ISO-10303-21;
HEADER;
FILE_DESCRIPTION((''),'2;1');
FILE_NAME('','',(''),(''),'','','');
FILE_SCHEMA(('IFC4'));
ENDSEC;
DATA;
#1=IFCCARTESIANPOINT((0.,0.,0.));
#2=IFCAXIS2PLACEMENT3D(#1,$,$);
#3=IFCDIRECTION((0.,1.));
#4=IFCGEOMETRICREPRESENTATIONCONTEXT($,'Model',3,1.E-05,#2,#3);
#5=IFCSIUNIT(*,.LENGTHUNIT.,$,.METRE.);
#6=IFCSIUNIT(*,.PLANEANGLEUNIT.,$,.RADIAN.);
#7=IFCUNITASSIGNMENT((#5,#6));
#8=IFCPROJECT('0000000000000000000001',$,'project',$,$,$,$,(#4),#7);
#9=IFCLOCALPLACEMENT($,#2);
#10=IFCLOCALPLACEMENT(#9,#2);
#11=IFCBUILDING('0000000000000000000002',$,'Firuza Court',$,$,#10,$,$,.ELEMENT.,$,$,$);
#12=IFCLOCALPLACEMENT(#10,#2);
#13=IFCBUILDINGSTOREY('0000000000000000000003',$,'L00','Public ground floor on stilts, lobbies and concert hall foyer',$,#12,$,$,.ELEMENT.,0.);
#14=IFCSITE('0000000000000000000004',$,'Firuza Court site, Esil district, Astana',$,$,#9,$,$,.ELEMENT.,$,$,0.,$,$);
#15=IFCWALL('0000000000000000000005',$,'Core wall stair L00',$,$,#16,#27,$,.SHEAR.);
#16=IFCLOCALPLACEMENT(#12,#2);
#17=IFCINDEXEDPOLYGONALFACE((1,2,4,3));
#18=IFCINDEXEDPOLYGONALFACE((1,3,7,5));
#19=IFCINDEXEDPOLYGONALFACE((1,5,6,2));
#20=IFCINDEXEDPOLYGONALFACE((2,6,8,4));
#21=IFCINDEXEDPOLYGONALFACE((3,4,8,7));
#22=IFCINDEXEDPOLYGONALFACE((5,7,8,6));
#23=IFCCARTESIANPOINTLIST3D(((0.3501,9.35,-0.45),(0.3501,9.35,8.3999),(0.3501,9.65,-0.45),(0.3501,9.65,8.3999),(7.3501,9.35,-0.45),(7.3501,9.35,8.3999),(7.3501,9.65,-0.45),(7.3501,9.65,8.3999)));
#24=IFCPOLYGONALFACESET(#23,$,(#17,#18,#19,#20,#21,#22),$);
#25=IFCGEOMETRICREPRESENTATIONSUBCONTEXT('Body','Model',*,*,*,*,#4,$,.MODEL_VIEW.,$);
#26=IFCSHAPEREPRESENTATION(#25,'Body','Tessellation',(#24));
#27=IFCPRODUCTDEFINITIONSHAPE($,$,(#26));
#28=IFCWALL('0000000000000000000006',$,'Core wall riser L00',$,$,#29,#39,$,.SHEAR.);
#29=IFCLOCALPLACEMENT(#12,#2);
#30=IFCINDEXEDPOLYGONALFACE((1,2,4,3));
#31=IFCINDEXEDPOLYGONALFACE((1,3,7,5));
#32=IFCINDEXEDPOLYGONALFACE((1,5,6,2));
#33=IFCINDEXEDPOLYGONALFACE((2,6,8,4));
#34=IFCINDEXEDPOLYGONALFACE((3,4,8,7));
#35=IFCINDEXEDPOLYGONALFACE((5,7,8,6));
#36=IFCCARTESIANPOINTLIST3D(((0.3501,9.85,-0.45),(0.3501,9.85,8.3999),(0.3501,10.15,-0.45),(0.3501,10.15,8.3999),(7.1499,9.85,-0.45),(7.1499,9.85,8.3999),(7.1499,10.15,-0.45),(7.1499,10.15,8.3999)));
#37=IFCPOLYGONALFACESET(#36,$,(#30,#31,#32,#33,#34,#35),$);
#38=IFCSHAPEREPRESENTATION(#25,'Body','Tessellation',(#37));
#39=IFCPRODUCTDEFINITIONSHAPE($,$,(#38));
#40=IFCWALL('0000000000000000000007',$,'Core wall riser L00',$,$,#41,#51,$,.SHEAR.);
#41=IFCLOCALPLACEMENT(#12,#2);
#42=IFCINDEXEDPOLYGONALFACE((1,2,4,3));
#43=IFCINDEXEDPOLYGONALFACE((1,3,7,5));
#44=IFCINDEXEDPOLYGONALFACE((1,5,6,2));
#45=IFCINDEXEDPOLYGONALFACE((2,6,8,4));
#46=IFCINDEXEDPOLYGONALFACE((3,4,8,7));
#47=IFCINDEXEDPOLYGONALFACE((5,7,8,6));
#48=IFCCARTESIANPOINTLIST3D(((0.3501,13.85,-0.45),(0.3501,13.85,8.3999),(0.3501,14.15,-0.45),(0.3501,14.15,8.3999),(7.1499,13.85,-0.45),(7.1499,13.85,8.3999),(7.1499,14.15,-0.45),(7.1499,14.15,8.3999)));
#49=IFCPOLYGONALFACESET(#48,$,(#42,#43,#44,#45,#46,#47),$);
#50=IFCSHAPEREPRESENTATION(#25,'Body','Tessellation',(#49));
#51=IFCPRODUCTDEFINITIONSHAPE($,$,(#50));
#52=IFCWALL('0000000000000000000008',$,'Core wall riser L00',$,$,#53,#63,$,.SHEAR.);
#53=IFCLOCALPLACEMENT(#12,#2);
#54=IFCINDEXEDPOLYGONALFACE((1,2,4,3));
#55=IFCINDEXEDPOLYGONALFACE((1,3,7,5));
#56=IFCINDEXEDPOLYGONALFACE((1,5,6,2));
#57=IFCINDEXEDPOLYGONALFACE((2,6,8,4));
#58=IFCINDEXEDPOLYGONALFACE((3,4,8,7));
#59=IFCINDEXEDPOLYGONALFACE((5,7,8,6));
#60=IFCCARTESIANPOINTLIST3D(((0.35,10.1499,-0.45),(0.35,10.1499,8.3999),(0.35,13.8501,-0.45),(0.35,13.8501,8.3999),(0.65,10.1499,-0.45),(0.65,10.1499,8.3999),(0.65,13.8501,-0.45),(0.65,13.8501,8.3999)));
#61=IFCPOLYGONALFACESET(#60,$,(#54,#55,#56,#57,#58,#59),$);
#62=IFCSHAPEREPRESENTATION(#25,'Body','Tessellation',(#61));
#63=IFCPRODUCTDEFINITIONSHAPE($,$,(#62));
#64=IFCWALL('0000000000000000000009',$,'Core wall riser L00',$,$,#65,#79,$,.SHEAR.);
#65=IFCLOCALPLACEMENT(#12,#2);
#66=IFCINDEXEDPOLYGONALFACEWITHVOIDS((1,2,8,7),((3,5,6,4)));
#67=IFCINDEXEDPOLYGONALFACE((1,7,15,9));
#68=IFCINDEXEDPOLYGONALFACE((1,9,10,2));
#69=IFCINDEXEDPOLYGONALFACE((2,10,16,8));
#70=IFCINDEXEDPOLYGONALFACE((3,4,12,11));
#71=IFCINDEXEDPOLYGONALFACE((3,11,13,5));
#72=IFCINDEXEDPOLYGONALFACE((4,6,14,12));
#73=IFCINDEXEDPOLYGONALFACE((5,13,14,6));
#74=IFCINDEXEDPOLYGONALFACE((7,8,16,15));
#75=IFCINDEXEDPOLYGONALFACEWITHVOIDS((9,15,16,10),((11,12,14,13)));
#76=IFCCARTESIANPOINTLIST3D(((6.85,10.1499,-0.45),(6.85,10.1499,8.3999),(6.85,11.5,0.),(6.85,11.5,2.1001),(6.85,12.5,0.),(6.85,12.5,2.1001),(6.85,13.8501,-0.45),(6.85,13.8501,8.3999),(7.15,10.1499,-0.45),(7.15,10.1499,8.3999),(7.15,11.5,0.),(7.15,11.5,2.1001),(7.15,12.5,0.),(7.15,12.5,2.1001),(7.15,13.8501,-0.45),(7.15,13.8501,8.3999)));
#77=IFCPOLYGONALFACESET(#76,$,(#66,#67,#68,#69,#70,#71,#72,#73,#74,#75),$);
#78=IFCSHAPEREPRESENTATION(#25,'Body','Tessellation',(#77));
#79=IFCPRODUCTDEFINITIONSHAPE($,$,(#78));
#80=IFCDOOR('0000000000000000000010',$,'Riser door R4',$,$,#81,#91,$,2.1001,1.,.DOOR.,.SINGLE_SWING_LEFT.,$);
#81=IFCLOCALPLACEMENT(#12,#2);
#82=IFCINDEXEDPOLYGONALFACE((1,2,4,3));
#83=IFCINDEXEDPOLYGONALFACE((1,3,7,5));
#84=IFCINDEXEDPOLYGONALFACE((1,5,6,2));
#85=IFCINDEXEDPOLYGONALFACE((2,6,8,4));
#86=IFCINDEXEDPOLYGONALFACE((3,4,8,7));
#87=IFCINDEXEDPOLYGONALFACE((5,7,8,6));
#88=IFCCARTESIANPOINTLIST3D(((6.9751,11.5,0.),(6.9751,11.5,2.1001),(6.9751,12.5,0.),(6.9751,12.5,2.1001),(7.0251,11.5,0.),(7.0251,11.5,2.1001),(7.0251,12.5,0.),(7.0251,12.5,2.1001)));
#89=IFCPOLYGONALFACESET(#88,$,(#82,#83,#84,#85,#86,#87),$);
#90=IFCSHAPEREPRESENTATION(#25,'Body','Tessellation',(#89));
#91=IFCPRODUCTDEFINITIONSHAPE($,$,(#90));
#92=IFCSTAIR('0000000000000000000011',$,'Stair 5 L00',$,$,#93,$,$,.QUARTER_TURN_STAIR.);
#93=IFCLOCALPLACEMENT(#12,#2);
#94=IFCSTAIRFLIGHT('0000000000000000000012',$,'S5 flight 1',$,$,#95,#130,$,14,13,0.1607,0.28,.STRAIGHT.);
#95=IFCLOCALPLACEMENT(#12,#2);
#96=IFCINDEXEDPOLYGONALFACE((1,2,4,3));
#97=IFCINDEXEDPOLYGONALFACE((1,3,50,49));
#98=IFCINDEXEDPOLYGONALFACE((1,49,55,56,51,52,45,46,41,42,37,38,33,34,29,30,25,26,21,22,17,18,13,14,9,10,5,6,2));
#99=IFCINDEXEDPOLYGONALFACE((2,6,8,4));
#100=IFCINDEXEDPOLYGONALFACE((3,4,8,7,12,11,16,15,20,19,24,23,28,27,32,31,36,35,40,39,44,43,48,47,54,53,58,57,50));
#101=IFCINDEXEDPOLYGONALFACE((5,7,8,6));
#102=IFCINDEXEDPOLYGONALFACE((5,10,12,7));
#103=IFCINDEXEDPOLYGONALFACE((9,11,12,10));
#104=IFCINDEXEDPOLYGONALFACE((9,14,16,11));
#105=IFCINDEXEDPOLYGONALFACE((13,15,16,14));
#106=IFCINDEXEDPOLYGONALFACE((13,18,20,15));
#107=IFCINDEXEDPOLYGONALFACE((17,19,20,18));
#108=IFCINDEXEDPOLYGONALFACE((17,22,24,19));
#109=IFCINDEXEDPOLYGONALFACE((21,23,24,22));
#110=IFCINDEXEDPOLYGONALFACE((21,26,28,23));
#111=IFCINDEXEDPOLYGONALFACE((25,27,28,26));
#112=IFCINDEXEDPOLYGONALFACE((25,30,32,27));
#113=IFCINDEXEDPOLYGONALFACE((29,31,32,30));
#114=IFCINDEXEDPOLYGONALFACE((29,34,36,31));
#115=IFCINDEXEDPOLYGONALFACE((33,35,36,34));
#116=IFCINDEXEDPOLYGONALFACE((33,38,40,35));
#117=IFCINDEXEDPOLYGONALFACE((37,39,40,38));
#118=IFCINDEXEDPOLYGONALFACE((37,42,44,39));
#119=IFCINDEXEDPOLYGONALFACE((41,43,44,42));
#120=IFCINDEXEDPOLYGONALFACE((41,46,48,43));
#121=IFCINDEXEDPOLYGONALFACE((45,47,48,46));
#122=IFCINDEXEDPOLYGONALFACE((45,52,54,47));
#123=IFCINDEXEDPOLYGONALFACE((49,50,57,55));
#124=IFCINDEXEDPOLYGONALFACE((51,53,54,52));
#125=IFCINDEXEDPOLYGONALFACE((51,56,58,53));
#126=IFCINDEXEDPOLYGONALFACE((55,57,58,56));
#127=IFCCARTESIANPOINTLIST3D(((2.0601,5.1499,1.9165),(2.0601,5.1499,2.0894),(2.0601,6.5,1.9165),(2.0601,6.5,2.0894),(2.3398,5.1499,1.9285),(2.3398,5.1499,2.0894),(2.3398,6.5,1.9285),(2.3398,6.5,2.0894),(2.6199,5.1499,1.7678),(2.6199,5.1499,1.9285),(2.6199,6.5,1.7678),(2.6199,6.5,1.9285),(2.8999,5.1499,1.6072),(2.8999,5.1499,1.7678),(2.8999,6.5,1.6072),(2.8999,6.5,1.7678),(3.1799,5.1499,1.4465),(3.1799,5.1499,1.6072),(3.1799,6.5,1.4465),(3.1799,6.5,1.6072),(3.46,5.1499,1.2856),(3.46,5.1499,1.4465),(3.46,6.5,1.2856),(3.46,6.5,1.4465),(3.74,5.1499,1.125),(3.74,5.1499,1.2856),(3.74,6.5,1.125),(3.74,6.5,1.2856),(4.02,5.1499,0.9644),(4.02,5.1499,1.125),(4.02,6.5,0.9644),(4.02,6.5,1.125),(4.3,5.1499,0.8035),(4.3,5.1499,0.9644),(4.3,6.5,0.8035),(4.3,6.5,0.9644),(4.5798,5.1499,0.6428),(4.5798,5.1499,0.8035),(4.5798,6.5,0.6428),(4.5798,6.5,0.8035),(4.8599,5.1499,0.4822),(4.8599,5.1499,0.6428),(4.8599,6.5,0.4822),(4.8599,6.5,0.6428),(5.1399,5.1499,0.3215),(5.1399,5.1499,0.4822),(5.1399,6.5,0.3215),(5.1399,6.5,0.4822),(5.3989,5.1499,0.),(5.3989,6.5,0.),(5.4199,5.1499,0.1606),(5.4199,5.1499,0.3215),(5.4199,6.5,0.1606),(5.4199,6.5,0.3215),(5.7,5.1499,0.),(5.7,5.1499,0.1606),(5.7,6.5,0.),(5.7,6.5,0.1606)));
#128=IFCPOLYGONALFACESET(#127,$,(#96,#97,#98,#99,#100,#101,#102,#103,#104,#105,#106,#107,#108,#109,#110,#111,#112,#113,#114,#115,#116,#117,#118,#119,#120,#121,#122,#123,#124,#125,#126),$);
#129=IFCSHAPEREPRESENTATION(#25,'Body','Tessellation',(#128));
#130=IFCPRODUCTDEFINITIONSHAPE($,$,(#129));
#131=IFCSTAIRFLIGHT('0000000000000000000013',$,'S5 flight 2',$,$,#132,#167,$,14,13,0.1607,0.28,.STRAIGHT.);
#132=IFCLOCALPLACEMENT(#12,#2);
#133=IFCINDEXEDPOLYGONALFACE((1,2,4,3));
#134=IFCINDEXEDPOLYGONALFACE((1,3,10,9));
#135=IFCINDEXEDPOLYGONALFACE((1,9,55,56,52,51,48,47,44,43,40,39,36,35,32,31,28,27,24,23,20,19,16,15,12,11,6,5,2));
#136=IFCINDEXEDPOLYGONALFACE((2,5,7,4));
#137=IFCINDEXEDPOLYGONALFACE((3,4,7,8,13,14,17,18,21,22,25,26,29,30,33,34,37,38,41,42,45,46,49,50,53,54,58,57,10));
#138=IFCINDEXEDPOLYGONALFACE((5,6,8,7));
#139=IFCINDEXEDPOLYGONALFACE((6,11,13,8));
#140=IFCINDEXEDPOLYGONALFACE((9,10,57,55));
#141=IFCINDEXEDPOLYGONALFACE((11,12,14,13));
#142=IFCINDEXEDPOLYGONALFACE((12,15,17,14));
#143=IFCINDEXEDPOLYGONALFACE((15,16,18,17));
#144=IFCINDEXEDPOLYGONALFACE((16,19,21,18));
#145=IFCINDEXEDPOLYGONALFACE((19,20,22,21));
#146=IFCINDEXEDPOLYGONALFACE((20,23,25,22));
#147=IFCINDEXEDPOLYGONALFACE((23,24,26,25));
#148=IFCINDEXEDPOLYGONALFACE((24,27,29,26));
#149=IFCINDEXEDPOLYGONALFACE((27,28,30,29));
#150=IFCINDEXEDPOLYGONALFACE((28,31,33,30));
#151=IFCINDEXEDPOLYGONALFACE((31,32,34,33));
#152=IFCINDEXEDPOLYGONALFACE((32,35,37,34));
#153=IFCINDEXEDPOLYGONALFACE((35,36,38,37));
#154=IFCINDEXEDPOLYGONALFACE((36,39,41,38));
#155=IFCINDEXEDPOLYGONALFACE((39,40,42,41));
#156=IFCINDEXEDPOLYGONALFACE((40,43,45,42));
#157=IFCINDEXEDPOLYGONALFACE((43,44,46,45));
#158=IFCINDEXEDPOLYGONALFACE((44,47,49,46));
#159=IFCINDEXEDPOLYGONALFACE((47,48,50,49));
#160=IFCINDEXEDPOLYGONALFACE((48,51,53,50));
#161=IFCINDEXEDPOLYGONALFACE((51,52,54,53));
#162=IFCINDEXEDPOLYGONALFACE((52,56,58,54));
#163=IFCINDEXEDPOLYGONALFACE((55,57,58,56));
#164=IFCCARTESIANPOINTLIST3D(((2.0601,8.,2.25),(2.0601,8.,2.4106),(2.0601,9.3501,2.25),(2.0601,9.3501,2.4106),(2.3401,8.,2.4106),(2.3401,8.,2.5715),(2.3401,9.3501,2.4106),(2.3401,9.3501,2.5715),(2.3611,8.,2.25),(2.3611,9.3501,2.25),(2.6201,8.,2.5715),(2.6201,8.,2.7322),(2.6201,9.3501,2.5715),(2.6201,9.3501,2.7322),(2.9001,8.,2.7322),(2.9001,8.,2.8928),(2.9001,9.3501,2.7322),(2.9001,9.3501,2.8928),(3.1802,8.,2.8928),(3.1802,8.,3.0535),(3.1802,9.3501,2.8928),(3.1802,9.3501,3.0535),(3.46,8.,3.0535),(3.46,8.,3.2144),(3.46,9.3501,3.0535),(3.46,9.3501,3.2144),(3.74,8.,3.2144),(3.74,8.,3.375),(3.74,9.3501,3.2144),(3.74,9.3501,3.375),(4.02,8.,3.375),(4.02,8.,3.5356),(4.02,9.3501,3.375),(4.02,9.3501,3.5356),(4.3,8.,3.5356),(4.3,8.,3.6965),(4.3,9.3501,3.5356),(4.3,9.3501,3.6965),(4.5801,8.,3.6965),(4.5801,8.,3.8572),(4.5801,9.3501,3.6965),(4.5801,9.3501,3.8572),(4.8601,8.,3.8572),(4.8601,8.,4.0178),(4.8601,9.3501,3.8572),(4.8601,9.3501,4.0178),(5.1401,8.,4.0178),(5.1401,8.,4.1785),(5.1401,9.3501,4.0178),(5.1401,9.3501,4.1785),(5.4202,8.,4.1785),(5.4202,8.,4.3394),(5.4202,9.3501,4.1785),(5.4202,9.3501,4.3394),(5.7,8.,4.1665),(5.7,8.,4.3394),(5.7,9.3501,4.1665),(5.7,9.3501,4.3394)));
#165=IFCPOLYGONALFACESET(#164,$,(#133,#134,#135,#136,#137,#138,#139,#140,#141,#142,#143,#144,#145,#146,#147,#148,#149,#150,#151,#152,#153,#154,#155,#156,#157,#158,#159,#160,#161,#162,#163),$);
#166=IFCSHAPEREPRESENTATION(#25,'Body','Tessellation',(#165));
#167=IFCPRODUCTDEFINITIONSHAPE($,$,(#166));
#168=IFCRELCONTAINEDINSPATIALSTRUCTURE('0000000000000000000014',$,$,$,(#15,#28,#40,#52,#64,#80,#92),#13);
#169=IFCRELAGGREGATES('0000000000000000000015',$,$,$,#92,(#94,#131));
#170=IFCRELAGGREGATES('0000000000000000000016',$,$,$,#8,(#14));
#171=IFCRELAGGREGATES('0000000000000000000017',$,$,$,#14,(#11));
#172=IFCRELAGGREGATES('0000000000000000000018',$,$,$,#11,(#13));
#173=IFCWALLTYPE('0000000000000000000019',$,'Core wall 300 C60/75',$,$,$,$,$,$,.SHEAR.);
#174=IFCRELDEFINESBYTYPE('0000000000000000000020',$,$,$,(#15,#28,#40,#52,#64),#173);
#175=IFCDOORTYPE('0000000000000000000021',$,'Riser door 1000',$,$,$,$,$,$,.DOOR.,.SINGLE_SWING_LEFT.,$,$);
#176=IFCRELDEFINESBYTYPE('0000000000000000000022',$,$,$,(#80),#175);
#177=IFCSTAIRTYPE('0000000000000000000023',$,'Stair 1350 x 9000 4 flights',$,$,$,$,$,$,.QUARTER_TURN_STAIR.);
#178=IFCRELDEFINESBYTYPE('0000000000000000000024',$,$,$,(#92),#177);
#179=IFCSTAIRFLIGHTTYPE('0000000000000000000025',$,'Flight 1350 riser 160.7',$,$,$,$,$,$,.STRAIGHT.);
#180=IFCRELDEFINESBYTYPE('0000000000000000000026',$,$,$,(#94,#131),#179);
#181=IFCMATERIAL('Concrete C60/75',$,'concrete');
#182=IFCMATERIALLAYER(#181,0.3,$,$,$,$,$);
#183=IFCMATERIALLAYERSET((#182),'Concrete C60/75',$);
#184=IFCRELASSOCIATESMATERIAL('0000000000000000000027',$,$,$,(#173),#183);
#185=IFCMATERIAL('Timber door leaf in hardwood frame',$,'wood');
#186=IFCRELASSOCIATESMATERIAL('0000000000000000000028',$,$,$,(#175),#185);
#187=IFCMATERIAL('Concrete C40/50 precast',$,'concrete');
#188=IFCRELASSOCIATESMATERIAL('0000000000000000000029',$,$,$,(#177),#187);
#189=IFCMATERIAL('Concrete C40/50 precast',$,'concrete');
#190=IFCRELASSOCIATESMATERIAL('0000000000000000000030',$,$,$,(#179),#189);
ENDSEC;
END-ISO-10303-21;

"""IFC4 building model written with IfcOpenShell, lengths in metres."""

from ifc_helpers import new_model, si_unit, direction, frame, frame_2d, origin, place, context, subcontext, project, spatial, polyline, rectangle, outline, extrude, material, layer, layer_set, type_object, element, fill, aggregate, save


model = new_model("IFC4")

# Units and contexts
model_context = context("Model", 3, precision=1e-05, world=origin(), true_north=direction((0.0, 1.0)))
body_context = subcontext(model_context, "Body", "Model", "MODEL_VIEW")
ifc_project = project(units=[si_unit("LENGTHUNIT", "METRE"), si_unit("PLANEANGLEUNIT", "RADIAN")], contexts=[model_context])

# Site, building, storey
site_placement = place(None, origin())
site = spatial("IfcSite", under=ifc_project, at=site_placement, Name="Firuza Court site, Esil district, Astana", CompositionType="ELEMENT", RefElevation=0.0)
building_placement = place(site_placement, origin())
building = spatial("IfcBuilding", under=site, at=building_placement, Name="Firuza Court", CompositionType="ELEMENT")
storey_placement = place(building_placement, origin())
storey = spatial("IfcBuildingStorey", under=building, at=storey_placement, Name="L00", Description="Public ground floor on stilts, lobbies and concert hall foyer", CompositionType="ELEMENT", Elevation=0.0)

# Walls
ifc_material_1 = material(Name="Concrete C60/75", Category="concrete")
ifc_layer = layer(ifc_material_1, 0.3)
ifc_layer_set = layer_set([ifc_layer], Name="Concrete C60/75")
wall_type = type_object("IfcWallType", Name="Core wall 300 C60/75", PredefinedType="SHEAR", material=ifc_layer_set)
wall_1_placement = place(storey_placement, frame((0.3501, 9.5, -0.45), z_axis=(0.0, 0.0, 1.0), x_axis=(1.0, 0.0, 0.0)))
element("IfcWall", 1, at=wall_1_placement, inside=storey, type_object=wall_type, Name="Core wall stair L00", PredefinedType="SHEAR", context=body_context, shape_type="SweptSolid", body=[
    extrude(rectangle(XDim=7.0, YDim=0.3, at=frame_2d((3.5, 0.0))), origin(), (0.0, 0.0, 1.0), 8.8499),
])
for number, where, z_axis, x_axis, name in (
    (2, (0.3501, 10.0, -0.45), (0.0, 0.0, 1.0), (1.0, 0.0, 0.0), "Core wall riser L00"),
    (3, (0.3501, 14.0, -0.45), (0.0, 0.0, 1.0), (1.0, 0.0, 0.0), "Core wall riser L00"),
):
    element("IfcWall", number, at=place(storey_placement, frame(where, z_axis=z_axis, x_axis=x_axis)), inside=storey, type_object=wall_type, Name=name, PredefinedType="SHEAR", context=body_context, shape_type="SweptSolid", body=[
        extrude(rectangle(XDim=6.7998, YDim=0.3, at=frame_2d((3.3999, 0.0))), origin(), (0.0, 0.0, 1.0), 8.8499),
    ])
wall_2_placement = place(storey_placement, frame((0.5, 10.1499, -0.45), z_axis=(0.0, 0.0, 1.0), x_axis=(0.0, 1.0, 0.0)))
element("IfcWall", 4, at=wall_2_placement, inside=storey, type_object=wall_type, Name="Core wall riser L00", PredefinedType="SHEAR", context=body_context, shape_type="SweptSolid", body=[
    extrude(rectangle(XDim=3.7002, YDim=0.3, at=frame_2d((1.8501, 0.0))), origin(), (0.0, 0.0, 1.0), 8.8499),
])

# Wall, opening, door
wall_3_placement = place(storey_placement, frame((7.0, 10.1499, -0.45), z_axis=(0.0, 0.0, 1.0), x_axis=(0.0, 1.0, 0.0)))
wall_3 = element("IfcWall", 5, at=wall_3_placement, inside=storey, type_object=wall_type, Name="Core wall riser L00", PredefinedType="SHEAR", context=body_context, shape_type="SweptSolid", body=[
    extrude(rectangle(XDim=3.7002, YDim=0.3, at=frame_2d((1.8501, 0.0))), origin(), (0.0, 0.0, 1.0), 8.8499),
])
opening_placement = place(wall_3_placement, frame((1.3501, 0.0, 0.45)))
opening = element("IfcOpeningElement", 6, at=opening_placement, cuts=wall_3, PredefinedType="OPENING", context=body_context, shape_type="SweptSolid", body=[
    extrude(rectangle(XDim=1.0, YDim=2.1001, at=frame_2d((0.5, 1.05))), frame((0.0, 0.1621, 0.0), z_axis=(0.0, -1.0, 0.0), x_axis=(1.0, 0.0, 0.0)), (0.0, 0.0, 1.0), 0.324),
])
ifc_material_2 = material(Name="Timber door leaf in hardwood frame", Category="wood")
door_type = type_object("IfcDoorType", Name="Riser door 1000", OperationType="SINGLE_SWING_LEFT", PredefinedType="DOOR", material=ifc_material_2)
door_placement = place(opening_placement, origin())
door = element("IfcDoor", 7, at=door_placement, inside=storey, type_object=door_type, Name="Riser door R4", OperationType="SINGLE_SWING_LEFT", OverallHeight=2.1001, OverallWidth=1.0, PredefinedType="DOOR", context=body_context, shape_type="SweptSolid", body=[
    extrude(rectangle(XDim=1.0, YDim=2.1001, at=frame_2d((0.5, 1.05))), frame((0.0, 0.0249, 0.0), z_axis=(0.0, -1.0, 0.0), x_axis=(1.0, 0.0, 0.0)), (0.0, 0.0, 1.0), 0.05),
])
fill(opening, door)

# Stair, stair flights
ifc_material_3 = material(Name="Concrete C40/50 precast", Category="concrete")
stair_type = type_object("IfcStairType", Name="Stair 1350 x 9000 4 flights", PredefinedType="QUARTER_TURN_STAIR", material=ifc_material_3)
stair_placement = place(storey_placement, origin())
stair = element("IfcStair", 8, at=stair_placement, inside=storey, type_object=stair_type, Name="Stair 5 L00", PredefinedType="QUARTER_TURN_STAIR")
ifc_material_4 = material(Name="Concrete C40/50 precast", Category="concrete")
stair_flight_type = type_object("IfcStairFlightType", Name="Flight 1350 riser 160.7", PredefinedType="STRAIGHT", material=ifc_material_4)
stair_flight_1_placement = place(storey_placement, frame((5.7, 5.825, 0.0), z_axis=(0.0, 0.0, 1.0), x_axis=(-1.0, 0.0, 0.0)))
stair_flight_1 = element("IfcStairFlight", 9, at=stair_flight_1_placement, type_object=stair_flight_type, Name="S5 flight 1", NumberOfRisers=14, NumberOfTreads=13, PredefinedType="STRAIGHT", RiserHeight=0.1607, TreadLength=0.28, context=body_context, shape_type="SweptSolid", body=[
    extrude(outline(polyline([(0.0, 0.0), (0.0, 0.1606), (0.28, 0.1606), (0.28, 0.3215), (0.5601, 0.3215), (0.5601, 0.4822), (0.8401, 0.4822), (0.8401, 0.6428), (1.1201, 0.6428), (1.1201, 0.8035), (1.3999, 0.8035), (1.3999, 0.9644), (1.6799, 0.9644), (1.6799, 1.125), (1.96, 1.125), (1.96, 1.2856), (2.24, 1.2856), (2.24, 1.4465), (2.52, 1.4465), (2.52, 1.6072), (2.8, 1.6072), (2.8, 1.7678), (3.0801, 1.7678), (3.0801, 1.9285), (3.3601, 1.9285), (3.3601, 2.0894), (3.6399, 2.0894), (3.6399, 2.25), (3.6399, 1.9165), (0.301, 0.0), (0.0, 0.0)])), frame((0.0, 0.675, 0.0), z_axis=(0.0, -1.0, 0.0), x_axis=(1.0, 0.0, 0.0)), (0.0, 0.0, 1.0), 1.3501),
])
stair_flight_2_placement = place(storey_placement, frame((2.0601, 8.675, 2.25), z_axis=(0.0, 0.0, 1.0), x_axis=(1.0, 0.0, 0.0)))
stair_flight_2 = element("IfcStairFlight", 10, at=stair_flight_2_placement, type_object=stair_flight_type, Name="S5 flight 2", NumberOfRisers=14, NumberOfTreads=13, PredefinedType="STRAIGHT", RiserHeight=0.1607, TreadLength=0.28, context=body_context, shape_type="SweptSolid", body=[
    extrude(outline(polyline([(0.0, 0.0), (0.0, 0.1606), (0.28, 0.1606), (0.28, 0.3215), (0.5601, 0.3215), (0.5601, 0.4822), (0.8401, 0.4822), (0.8401, 0.6428), (1.1201, 0.6428), (1.1201, 0.8035), (1.3999, 0.8035), (1.3999, 0.9644), (1.6799, 0.9644), (1.6799, 1.125), (1.96, 1.125), (1.96, 1.2856), (2.24, 1.2856), (2.24, 1.4465), (2.52, 1.4465), (2.52, 1.6072), (2.8, 1.6072), (2.8, 1.7678), (3.0801, 1.7678), (3.0801, 1.9285), (3.3601, 1.9285), (3.3601, 2.0894), (3.6399, 2.0894), (3.6399, 2.25), (3.6399, 1.9165), (0.301, 0.0), (0.0, 0.0)])), frame((0.0, 0.675, 0.0), z_axis=(0.0, -1.0, 0.0), x_axis=(1.0, 0.0, 0.0)), (0.0, 0.0, 1.0), 1.3501),
])
aggregate(stair, [stair_flight_1, stair_flight_2])

save(model, "model.ifc")
